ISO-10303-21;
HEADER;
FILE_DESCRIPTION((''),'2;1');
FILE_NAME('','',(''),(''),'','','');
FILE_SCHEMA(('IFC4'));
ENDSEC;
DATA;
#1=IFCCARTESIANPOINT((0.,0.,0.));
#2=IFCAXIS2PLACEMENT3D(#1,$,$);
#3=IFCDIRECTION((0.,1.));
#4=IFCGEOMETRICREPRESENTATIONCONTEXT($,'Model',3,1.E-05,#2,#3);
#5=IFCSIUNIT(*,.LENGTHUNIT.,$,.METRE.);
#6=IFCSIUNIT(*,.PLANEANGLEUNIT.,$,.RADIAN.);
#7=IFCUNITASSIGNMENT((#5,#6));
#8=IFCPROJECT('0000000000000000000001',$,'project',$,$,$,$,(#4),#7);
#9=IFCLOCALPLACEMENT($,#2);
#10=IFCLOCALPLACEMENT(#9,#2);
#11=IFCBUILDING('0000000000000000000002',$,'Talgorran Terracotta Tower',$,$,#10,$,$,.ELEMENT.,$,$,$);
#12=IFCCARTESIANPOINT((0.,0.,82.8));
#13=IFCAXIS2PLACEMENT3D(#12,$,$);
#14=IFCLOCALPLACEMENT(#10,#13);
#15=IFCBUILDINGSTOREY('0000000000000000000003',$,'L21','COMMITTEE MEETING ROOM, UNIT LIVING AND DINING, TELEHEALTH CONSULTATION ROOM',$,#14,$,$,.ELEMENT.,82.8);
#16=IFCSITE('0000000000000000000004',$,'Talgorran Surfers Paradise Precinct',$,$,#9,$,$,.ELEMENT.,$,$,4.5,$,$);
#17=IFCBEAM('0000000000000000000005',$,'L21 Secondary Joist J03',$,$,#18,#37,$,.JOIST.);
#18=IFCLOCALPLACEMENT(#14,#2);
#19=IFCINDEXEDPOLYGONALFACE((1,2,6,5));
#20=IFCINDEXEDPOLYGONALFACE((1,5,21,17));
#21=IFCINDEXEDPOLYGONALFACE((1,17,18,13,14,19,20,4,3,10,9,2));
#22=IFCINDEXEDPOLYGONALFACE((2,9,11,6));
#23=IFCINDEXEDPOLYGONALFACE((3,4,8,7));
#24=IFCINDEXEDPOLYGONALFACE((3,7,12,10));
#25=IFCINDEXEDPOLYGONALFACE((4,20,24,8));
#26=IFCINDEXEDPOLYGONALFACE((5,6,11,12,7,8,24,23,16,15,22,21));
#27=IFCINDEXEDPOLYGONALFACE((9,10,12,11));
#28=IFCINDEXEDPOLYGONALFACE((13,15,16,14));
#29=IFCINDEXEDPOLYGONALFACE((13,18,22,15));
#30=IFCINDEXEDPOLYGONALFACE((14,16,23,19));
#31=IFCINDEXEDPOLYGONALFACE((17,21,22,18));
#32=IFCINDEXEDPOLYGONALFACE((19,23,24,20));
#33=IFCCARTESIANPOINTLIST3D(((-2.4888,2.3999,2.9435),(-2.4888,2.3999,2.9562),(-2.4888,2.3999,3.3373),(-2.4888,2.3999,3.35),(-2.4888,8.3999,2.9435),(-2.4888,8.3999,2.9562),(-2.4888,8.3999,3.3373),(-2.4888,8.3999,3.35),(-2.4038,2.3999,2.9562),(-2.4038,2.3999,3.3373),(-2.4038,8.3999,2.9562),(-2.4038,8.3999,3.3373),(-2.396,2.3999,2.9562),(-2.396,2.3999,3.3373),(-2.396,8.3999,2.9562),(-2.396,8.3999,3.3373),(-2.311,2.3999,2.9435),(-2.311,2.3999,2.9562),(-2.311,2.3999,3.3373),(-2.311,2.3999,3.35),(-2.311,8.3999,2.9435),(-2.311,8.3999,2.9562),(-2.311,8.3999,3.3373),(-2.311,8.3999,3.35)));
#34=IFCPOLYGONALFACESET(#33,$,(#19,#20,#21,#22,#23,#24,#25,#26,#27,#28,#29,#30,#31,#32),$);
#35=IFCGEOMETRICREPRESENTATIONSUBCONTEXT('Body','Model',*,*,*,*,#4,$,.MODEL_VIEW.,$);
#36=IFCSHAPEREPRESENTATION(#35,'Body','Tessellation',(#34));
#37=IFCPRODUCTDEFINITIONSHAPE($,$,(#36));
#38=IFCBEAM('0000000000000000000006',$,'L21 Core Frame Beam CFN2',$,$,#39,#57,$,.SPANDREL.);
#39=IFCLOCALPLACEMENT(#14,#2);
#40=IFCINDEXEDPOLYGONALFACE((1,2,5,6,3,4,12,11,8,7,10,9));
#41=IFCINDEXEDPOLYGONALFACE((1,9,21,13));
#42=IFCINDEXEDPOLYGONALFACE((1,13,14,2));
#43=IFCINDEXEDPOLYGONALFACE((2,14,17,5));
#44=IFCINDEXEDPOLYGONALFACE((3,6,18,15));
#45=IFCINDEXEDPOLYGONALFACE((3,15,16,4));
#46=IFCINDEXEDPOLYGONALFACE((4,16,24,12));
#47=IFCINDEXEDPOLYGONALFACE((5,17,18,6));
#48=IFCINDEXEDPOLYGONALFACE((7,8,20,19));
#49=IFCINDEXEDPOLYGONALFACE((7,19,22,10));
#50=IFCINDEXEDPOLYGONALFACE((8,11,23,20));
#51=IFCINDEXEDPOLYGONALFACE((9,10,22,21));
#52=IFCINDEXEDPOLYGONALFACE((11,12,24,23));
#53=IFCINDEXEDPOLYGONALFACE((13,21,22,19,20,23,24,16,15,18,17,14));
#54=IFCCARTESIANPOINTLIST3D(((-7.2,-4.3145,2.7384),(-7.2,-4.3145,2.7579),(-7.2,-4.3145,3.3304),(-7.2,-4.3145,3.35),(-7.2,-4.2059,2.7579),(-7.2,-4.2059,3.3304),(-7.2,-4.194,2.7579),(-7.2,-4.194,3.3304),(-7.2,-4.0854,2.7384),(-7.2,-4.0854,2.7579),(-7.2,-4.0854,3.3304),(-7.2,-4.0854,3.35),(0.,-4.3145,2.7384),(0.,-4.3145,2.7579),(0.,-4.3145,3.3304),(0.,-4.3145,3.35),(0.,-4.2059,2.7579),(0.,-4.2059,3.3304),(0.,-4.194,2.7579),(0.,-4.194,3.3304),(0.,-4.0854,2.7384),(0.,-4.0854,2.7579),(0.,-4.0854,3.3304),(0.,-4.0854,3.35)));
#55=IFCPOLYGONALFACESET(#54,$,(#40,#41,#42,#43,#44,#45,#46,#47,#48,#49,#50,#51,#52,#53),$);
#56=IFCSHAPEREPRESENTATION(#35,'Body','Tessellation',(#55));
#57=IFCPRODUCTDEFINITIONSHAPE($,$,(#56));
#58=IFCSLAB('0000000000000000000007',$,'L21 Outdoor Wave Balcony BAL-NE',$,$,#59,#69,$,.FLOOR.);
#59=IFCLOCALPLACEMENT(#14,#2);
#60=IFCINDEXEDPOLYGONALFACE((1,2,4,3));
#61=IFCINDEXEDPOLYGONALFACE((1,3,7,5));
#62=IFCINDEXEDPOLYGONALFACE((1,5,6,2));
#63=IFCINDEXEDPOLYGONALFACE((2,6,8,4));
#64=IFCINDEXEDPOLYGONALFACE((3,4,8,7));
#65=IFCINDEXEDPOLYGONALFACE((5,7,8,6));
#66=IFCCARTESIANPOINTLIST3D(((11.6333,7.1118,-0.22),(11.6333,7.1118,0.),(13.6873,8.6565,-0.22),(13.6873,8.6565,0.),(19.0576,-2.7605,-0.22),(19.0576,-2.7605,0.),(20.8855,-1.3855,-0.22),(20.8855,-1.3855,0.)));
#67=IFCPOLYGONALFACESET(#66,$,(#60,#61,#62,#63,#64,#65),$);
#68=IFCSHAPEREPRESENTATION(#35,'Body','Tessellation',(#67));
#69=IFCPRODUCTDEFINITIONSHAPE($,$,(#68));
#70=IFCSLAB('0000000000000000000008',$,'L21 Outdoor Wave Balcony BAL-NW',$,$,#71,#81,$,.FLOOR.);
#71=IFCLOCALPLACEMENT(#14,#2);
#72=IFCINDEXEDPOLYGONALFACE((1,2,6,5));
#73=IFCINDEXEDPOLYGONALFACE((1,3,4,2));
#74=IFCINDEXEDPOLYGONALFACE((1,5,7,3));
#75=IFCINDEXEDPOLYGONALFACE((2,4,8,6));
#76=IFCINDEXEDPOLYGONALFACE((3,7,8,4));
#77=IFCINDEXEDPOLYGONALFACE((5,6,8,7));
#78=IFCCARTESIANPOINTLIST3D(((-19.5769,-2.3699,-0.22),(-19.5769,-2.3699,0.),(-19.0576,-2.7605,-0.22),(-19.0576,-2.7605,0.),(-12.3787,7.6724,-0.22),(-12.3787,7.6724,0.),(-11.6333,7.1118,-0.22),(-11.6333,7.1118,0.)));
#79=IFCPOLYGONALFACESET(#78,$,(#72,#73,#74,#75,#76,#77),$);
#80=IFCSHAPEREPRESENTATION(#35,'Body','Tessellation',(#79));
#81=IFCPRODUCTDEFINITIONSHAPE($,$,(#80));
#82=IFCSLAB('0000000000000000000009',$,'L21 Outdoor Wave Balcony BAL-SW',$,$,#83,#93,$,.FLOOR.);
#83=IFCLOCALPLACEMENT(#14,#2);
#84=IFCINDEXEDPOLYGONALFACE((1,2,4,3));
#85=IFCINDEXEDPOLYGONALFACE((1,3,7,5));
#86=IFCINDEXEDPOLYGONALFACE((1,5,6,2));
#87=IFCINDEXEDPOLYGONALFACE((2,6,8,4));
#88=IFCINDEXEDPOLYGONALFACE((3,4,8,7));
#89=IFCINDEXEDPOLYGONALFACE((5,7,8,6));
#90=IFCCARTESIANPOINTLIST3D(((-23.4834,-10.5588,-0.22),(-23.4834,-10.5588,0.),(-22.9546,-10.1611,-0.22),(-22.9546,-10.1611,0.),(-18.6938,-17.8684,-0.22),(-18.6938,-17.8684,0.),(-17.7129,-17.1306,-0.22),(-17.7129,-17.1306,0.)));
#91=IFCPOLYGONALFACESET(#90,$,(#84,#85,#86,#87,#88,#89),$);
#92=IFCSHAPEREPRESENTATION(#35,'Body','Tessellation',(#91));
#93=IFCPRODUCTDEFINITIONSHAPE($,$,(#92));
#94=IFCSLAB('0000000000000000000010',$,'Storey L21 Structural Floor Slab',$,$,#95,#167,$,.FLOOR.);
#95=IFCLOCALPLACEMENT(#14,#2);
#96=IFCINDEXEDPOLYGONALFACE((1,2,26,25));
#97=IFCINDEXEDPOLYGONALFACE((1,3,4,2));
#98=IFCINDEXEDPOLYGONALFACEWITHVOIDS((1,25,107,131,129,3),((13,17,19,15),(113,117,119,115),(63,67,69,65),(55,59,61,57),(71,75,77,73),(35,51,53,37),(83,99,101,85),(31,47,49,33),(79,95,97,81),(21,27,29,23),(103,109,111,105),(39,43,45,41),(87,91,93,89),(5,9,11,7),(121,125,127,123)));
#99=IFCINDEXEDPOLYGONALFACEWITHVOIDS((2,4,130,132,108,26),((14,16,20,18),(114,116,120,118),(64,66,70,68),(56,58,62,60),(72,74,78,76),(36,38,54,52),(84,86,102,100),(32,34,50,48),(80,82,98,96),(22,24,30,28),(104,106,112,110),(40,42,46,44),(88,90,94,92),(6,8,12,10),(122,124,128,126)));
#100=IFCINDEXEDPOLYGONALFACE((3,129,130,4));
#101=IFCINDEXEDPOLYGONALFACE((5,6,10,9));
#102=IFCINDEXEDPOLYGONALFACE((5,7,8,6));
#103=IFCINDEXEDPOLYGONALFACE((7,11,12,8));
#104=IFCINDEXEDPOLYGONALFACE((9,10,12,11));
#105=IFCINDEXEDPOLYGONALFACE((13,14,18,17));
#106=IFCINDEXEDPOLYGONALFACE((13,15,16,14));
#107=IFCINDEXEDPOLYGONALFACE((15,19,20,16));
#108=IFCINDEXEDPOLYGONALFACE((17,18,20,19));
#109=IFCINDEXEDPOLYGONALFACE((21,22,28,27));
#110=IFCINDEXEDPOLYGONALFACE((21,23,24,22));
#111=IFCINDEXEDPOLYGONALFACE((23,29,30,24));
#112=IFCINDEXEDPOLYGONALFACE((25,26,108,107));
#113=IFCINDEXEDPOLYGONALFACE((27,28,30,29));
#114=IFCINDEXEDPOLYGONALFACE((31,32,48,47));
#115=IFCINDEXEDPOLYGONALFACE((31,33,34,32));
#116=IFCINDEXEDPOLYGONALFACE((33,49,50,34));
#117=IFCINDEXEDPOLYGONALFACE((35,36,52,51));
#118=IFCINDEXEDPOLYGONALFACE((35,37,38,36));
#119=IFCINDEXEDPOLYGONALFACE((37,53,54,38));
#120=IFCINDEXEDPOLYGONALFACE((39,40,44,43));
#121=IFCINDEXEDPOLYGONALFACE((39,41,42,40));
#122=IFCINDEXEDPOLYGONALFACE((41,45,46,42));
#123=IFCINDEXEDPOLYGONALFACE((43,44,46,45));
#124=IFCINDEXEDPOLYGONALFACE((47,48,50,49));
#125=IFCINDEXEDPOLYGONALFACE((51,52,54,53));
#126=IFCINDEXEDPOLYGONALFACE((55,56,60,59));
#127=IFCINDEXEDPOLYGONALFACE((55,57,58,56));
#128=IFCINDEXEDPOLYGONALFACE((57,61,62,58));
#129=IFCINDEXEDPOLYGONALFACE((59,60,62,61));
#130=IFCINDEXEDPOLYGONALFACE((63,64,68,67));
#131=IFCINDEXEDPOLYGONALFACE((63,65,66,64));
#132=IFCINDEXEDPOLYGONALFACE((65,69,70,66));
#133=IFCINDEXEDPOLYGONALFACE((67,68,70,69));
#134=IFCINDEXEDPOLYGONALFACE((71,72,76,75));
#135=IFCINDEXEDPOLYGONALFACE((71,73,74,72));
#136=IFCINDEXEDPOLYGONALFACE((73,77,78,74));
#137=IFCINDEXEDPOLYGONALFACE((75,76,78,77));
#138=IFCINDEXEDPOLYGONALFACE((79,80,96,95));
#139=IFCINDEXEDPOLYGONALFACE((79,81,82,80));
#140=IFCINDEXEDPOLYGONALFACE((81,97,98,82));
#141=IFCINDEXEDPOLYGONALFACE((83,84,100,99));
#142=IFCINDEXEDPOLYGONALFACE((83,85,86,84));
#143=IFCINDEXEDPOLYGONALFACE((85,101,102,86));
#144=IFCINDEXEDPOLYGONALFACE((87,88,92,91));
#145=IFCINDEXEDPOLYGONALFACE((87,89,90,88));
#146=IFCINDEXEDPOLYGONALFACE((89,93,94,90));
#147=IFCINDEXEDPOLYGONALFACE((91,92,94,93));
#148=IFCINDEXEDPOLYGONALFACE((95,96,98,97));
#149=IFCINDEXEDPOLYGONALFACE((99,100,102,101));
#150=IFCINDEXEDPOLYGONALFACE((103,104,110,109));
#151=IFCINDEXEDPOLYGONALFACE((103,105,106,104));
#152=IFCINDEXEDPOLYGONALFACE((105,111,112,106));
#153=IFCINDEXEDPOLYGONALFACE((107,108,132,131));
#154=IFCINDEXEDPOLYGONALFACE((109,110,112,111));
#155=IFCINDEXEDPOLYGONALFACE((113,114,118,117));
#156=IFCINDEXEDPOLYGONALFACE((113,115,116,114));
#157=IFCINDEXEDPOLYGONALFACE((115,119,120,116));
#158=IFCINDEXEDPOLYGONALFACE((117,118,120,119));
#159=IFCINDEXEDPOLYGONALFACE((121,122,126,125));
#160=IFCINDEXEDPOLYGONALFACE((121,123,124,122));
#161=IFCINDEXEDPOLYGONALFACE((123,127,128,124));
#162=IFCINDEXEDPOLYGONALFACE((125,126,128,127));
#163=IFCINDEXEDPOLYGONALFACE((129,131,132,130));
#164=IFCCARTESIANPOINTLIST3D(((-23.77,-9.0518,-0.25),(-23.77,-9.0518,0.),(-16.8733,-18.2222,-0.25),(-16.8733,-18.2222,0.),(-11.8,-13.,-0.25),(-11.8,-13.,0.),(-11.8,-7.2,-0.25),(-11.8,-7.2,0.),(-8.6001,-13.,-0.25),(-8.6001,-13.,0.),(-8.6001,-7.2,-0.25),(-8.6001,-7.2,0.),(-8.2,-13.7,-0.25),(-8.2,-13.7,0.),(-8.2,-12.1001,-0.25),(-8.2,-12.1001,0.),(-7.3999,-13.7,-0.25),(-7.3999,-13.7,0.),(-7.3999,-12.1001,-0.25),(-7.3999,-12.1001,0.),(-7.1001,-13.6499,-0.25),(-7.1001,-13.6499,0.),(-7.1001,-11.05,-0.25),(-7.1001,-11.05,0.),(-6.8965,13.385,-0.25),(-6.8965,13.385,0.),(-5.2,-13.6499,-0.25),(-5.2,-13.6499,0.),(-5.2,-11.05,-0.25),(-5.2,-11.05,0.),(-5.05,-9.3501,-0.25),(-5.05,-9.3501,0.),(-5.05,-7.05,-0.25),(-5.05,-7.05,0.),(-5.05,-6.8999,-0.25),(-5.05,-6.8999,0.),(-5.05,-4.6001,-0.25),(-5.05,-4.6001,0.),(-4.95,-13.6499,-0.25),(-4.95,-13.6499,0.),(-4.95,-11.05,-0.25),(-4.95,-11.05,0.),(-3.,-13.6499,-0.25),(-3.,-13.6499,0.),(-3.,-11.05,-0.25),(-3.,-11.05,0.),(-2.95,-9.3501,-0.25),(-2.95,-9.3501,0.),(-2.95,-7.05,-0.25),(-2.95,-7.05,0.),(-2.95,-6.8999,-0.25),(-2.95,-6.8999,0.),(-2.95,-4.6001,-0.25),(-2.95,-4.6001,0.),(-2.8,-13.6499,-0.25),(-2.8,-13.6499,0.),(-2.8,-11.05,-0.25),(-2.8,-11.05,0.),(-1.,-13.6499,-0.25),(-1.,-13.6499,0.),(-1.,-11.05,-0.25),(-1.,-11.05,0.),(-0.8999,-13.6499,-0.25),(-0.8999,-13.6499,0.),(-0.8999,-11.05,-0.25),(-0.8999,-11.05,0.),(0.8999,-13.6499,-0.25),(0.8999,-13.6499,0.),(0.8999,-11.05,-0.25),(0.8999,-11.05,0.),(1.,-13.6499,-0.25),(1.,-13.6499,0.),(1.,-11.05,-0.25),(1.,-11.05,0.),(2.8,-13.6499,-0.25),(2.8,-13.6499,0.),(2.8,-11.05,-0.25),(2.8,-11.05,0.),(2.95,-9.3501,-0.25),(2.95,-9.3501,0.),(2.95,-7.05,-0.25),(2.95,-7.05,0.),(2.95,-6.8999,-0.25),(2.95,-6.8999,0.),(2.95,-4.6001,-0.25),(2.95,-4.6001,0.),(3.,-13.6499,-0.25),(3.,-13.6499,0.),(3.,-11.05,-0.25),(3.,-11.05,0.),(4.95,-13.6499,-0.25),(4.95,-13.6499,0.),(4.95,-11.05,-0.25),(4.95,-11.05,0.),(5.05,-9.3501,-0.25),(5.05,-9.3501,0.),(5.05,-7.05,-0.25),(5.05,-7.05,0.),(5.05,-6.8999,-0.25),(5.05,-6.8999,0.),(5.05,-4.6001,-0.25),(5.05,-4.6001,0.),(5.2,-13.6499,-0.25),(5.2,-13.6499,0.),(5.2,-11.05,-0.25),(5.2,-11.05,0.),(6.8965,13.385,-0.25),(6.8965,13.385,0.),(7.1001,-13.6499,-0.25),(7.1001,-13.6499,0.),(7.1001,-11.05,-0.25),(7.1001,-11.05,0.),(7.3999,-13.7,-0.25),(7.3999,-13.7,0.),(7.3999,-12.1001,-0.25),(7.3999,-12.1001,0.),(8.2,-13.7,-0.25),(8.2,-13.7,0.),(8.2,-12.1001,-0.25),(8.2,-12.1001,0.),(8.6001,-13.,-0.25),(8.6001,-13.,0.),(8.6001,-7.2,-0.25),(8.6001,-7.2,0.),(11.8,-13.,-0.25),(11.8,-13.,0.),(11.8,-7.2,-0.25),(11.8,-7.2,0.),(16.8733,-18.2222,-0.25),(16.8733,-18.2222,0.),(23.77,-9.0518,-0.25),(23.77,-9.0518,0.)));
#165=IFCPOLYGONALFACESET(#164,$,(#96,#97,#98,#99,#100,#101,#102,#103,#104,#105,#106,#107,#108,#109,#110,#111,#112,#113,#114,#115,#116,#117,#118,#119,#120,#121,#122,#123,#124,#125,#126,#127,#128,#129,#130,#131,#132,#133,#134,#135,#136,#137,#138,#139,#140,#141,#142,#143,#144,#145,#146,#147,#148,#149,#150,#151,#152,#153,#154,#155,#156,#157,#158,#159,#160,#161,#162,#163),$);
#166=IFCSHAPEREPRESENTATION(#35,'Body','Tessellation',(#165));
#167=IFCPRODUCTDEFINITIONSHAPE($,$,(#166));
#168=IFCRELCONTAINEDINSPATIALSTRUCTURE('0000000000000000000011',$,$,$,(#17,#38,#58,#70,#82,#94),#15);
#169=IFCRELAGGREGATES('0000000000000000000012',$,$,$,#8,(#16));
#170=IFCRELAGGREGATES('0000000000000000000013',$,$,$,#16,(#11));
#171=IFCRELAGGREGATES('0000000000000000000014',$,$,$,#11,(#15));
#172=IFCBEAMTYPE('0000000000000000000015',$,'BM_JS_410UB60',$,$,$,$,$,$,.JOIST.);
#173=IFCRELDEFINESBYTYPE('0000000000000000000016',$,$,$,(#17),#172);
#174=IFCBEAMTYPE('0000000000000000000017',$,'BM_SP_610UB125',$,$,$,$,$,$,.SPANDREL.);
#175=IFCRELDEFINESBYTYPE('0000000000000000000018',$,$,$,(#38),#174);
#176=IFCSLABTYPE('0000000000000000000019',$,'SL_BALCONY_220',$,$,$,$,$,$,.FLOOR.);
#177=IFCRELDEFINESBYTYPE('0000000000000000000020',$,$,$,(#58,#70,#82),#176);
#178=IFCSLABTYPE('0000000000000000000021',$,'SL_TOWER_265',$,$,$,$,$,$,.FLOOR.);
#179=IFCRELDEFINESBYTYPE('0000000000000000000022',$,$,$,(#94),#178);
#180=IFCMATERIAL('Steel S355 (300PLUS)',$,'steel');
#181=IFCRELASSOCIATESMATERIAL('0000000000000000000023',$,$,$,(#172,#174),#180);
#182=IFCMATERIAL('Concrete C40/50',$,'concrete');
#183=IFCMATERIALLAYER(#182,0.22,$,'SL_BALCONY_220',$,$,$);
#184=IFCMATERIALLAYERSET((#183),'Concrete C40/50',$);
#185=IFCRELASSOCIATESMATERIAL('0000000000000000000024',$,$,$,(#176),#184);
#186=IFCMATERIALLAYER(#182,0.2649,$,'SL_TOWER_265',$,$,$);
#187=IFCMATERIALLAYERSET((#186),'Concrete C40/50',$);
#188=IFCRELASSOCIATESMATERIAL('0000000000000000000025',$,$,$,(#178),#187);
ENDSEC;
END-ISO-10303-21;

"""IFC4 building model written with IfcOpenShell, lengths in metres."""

from ifc_helpers import new_model, si_unit, direction, frame, origin, origin_2d, place, context, subcontext, project, spatial, polyline, i_section, outline, extrude, material, layer, layer_set, material_profile, profile_set, type_object, element, save


model = new_model("IFC4")

# Units and contexts
model_context = context("Model", 3, precision=1e-05, world=origin(), true_north=direction((0.0, 1.0)))
body_context = subcontext(model_context, "Body", "Model", "MODEL_VIEW")
ifc_project = project(units=[si_unit("LENGTHUNIT", "METRE"), si_unit("PLANEANGLEUNIT", "RADIAN")], contexts=[model_context])

# Site, building, storey
site_placement = place(None, origin())
site = spatial("IfcSite", under=ifc_project, at=site_placement, Name="Talgorran Surfers Paradise Precinct", CompositionType="ELEMENT", RefElevation=4.5)
building_placement = place(site_placement, origin())
building = spatial("IfcBuilding", under=site, at=building_placement, Name="Talgorran Terracotta Tower", CompositionType="ELEMENT")
storey_placement = place(building_placement, frame((0.0, 0.0, 82.8)))
storey = spatial("IfcBuildingStorey", under=building, at=storey_placement, Name="L21", Description="COMMITTEE MEETING ROOM, UNIT LIVING AND DINING, TELEHEALTH CONSULTATION ROOM", CompositionType="ELEMENT", Elevation=82.8)

# Shared definitions
ifc_material_1 = material(Name="Steel S355 (300PLUS)", Category="steel")

# Beams
ifc_material_profile_1 = material_profile(ifc_material_1, i_section(OverallWidth=0.1777, OverallDepth=0.4065, WebThickness=0.0078, FlangeThickness=0.0127, at=origin_2d()), Name="410UB59.7")
ifc_profile_set_1 = profile_set([ifc_material_profile_1], Name="Steel S355 (300PLUS)")
beam_type_1 = type_object("IfcBeamType", Name="BM_JS_410UB60", PredefinedType="JOIST", material=ifc_profile_set_1)
beam_1_placement = place(storey_placement, frame((-2.3999, 2.3999, 3.1467), z_axis=(0.0, 1.0, 0.0), x_axis=(-1.0, 0.0, 0.0)))
element("IfcBeam", 1, at=beam_1_placement, inside=storey, type_object=beam_type_1, Name="L21 Secondary Joist J03", PredefinedType="JOIST", context=body_context, shape_type="SweptSolid", body=[
    extrude(i_section(OverallWidth=0.1777, OverallDepth=0.4065, WebThickness=0.0078, FlangeThickness=0.0127, at=origin_2d()), origin(), (0.0, 0.0, 1.0), 6.0),
])
ifc_material_profile_2 = material_profile(ifc_material_1, i_section(OverallWidth=0.229, OverallDepth=0.6116, WebThickness=0.012, FlangeThickness=0.0195, at=origin_2d()), Name="610UB125")
ifc_profile_set_2 = profile_set([ifc_material_profile_2], Name="Steel S355 (300PLUS)")
beam_type_2 = type_object("IfcBeamType", Name="BM_SP_610UB125", PredefinedType="SPANDREL", material=ifc_profile_set_2)
beam_2_placement = place(storey_placement, frame((-7.2, -4.2, 3.0442), z_axis=(1.0, 0.0, 0.0), x_axis=(0.0, 1.0, 0.0)))
element("IfcBeam", 2, at=beam_2_placement, inside=storey, type_object=beam_type_2, Name="L21 Core Frame Beam CFN2", PredefinedType="SPANDREL", context=body_context, shape_type="SweptSolid", body=[
    extrude(i_section(OverallWidth=0.229, OverallDepth=0.6116, WebThickness=0.012, FlangeThickness=0.0195, at=origin_2d()), origin(), (0.0, 0.0, 1.0), 7.2),
])

# Slabs
ifc_material_2 = material(Name="Concrete C40/50", Category="concrete")
ifc_layer_1 = layer(ifc_material_2, 0.22, Name="SL_BALCONY_220")
ifc_layer_set_1 = layer_set([ifc_layer_1], Name="Concrete C40/50")
slab_type_1 = type_object("IfcSlabType", Name="SL_BALCONY_220", PredefinedType="FLOOR", material=ifc_layer_set_1)
slab_1_placement = place(storey_placement, frame((0.0, 0.0, -0.22)))
element("IfcSlab", 3, at=slab_1_placement, inside=storey, type_object=slab_type_1, Name="L21 Outdoor Wave Balcony BAL-NE", PredefinedType="FLOOR", context=body_context, shape_type="SweptSolid", body=[
    extrude(outline(polyline([(11.6333, 7.1118), (19.0576, -2.7605), (20.8855, -1.3855), (13.6873, 8.6565), (11.6333, 7.1118)])), origin(), (0.0, 0.0, 1.0), 0.22),
])
slab_2_placement = place(storey_placement, frame((0.0, 0.0, -0.22)))
element("IfcSlab", 4, at=slab_2_placement, inside=storey, type_object=slab_type_1, Name="L21 Outdoor Wave Balcony BAL-NW", PredefinedType="FLOOR", context=body_context, shape_type="SweptSolid", body=[
    extrude(outline(polyline([(-19.0576, -2.7605), (-11.6333, 7.1118), (-12.3787, 7.6724), (-19.5769, -2.3699), (-19.0576, -2.7605)])), origin(), (0.0, 0.0, 1.0), 0.22),
])
slab_3_placement = place(storey_placement, frame((0.0, 0.0, -0.22)))
element("IfcSlab", 5, at=slab_3_placement, inside=storey, type_object=slab_type_1, Name="L21 Outdoor Wave Balcony BAL-SW", PredefinedType="FLOOR", context=body_context, shape_type="SweptSolid", body=[
    extrude(outline(polyline([(-17.7129, -17.1306), (-22.9546, -10.1611), (-23.4834, -10.5588), (-18.6938, -17.8684), (-17.7129, -17.1306)])), origin(), (0.0, 0.0, 1.0), 0.22),
])
ifc_layer_2 = layer(ifc_material_2, 0.2649, Name="SL_TOWER_265")
ifc_layer_set_2 = layer_set([ifc_layer_2], Name="Concrete C40/50")
slab_type_2 = type_object("IfcSlabType", Name="SL_TOWER_265", PredefinedType="FLOOR", material=ifc_layer_set_2)
slab_4_placement = place(storey_placement, frame((0.0, 0.0, -0.25)))
element("IfcSlab", 6, at=slab_4_placement, inside=storey, type_object=slab_type_2, Name="Storey L21 Structural Floor Slab", PredefinedType="FLOOR", context=body_context, shape_type="SweptSolid", body=[
    extrude(outline(polyline([(-23.77, -9.0518), (-16.8733, -18.2222), (16.8733, -18.2222), (23.77, -9.0518), (6.8965, 13.385), (-6.8965, 13.385), (-23.77, -9.0518)]), holes=[polyline([(-11.8, -7.2), (-11.8, -13.0), (-8.6001, -13.0), (-8.6001, -7.2), (-11.8, -7.2)]), polyline([(8.6001, -7.2), (8.6001, -13.0), (11.8, -13.0), (11.8, -7.2), (8.6001, -7.2)]), polyline([(-7.1001, -13.6499), (-5.2, -13.6499), (-5.2, -11.05), (-7.1001, -11.05), (-7.1001, -13.6499)]), polyline([(5.2, -13.6499), (7.1001, -13.6499), (7.1001, -11.05), (5.2, -11.05), (5.2, -13.6499)]), polyline([(3.0, -13.6499), (4.95, -13.6499), (4.95, -11.05), (3.0, -11.05), (3.0, -13.6499)]), polyline([(-4.95, -13.6499), (-3.0, -13.6499), (-3.0, -11.05), (-4.95, -11.05), (-4.95, -13.6499)]), polyline([(-5.05, -9.3501), (-2.95, -9.3501), (-2.95, -7.05), (-5.05, -7.05), (-5.05, -9.3501)]), polyline([(-5.05, -6.8999), (-2.95, -6.8999), (-2.95, -4.6001), (-5.05, -4.6001), (-5.05, -6.8999)]), polyline([(2.95, -9.3501), (5.05, -9.3501), (5.05, -7.05), (2.95, -7.05), (2.95, -9.3501)]), polyline([(2.95, -6.8999), (5.05, -6.8999), (5.05, -4.6001), (2.95, -4.6001), (2.95, -6.8999)]), polyline([(-2.8, -13.6499), (-1.0, -13.6499), (-1.0, -11.05), (-2.8, -11.05), (-2.8, -13.6499)]), polyline([(-0.8999, -13.6499), (0.8999, -13.6499), (0.8999, -11.05), (-0.8999, -11.05), (-0.8999, -13.6499)]), polyline([(1.0, -13.6499), (2.8, -13.6499), (2.8, -11.05), (1.0, -11.05), (1.0, -13.6499)]), polyline([(-8.2, -13.7), (-7.3999, -13.7), (-7.3999, -12.1001), (-8.2, -12.1001), (-8.2, -13.7)]), polyline([(7.3999, -13.7), (8.2, -13.7), (8.2, -12.1001), (7.3999, -12.1001), (7.3999, -13.7)])]), origin(), (0.0, 0.0, 1.0), 0.25),
])

save(model, "model.ifc")
